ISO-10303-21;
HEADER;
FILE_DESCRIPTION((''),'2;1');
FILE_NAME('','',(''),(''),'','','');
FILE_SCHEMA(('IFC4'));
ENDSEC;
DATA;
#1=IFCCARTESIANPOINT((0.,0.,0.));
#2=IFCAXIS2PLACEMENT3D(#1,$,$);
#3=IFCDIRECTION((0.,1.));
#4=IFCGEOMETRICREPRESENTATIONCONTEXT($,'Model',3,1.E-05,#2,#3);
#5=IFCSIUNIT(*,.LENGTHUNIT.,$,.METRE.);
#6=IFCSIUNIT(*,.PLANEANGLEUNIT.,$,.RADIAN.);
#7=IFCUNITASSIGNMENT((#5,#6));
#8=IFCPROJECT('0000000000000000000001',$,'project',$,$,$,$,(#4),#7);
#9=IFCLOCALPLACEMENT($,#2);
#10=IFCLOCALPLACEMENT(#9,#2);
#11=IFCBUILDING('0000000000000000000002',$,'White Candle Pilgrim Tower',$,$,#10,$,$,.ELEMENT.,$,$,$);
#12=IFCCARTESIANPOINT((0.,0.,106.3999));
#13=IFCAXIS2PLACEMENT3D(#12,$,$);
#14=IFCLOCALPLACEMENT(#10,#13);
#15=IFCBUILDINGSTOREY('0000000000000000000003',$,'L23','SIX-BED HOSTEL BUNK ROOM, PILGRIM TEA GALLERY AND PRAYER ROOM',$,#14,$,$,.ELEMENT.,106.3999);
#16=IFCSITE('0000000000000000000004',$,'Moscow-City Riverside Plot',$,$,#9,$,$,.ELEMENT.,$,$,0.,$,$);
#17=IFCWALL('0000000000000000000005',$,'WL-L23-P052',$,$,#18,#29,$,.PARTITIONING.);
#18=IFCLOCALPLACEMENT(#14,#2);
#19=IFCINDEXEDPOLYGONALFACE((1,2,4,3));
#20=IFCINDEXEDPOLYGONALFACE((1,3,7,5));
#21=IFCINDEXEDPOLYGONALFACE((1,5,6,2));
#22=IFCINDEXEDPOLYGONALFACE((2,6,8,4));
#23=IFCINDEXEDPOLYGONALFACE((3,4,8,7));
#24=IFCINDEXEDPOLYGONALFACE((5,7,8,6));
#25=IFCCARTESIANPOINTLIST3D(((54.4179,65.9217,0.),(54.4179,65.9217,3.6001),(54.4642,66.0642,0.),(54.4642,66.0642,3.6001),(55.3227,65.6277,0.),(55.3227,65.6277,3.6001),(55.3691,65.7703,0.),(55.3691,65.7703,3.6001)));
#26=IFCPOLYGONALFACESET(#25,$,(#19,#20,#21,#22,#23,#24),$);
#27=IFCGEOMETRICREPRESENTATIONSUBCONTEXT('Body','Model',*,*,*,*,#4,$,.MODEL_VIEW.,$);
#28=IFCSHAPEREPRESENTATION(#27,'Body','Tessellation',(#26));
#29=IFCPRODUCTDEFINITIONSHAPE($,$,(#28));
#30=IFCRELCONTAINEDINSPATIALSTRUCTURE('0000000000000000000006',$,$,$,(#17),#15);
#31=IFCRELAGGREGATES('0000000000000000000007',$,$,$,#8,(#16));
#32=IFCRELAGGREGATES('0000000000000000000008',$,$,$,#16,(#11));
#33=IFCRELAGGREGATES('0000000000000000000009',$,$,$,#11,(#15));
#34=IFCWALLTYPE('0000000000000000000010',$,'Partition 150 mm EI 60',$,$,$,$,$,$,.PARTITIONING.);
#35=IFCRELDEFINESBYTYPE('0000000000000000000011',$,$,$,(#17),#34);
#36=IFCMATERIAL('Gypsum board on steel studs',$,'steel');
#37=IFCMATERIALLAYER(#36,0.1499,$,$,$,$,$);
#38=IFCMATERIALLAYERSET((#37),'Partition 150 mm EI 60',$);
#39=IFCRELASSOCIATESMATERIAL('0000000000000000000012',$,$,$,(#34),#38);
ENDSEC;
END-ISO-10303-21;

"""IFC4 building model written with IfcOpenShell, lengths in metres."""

from ifc_helpers import new_model, si_unit, direction, frame, frame_2d, origin, place, context, subcontext, project, spatial, rectangle, extrude, material, layer, layer_set, type_object, element, save


model = new_model("IFC4")

# Units and contexts
model_context = context("Model", 3, precision=1e-05, world=origin(), true_north=direction((0.0, 1.0)))
body_context = subcontext(model_context, "Body", "Model", "MODEL_VIEW")
ifc_project = project(units=[si_unit("LENGTHUNIT", "METRE"), si_unit("PLANEANGLEUNIT", "RADIAN")], contexts=[model_context])

# Site, building, storey
site_placement = place(None, origin())
site = spatial("IfcSite", under=ifc_project, at=site_placement, Name="Moscow-City Riverside Plot", CompositionType="ELEMENT", RefElevation=0.0)
building_placement = place(site_placement, origin())
building = spatial("IfcBuilding", under=site, at=building_placement, Name="White Candle Pilgrim Tower", CompositionType="ELEMENT")
storey_placement = place(building_placement, frame((0.0, 0.0, 106.3999)))
storey = spatial("IfcBuildingStorey", under=building, at=storey_placement, Name="L23", Description="SIX-BED HOSTEL BUNK ROOM, PILGRIM TEA GALLERY AND PRAYER ROOM", CompositionType="ELEMENT", Elevation=106.3999)

# Shared definitions
ifc_material_1 = material(Name="Gypsum board on steel studs", Category="steel")

# Wall
ifc_layer_1 = layer(ifc_material_1, 0.1499)
ifc_layer_set_1 = layer_set([ifc_layer_1], Name="Partition 150 mm EI 60")
wall_type_1 = type_object("IfcWallType", Name="Partition 150 mm EI 60", PredefinedType="PARTITIONING", material=ifc_layer_set_1)
wall_1_placement = place(storey_placement, frame((54.4412, 65.9929, 0.0), z_axis=(0.0, 0.0, 1.0), x_axis=(0.951068, -0.308982, 0.0)))
element("IfcWall", 1, at=wall_1_placement, inside=storey, type_object=wall_type_1, Name="WL-L23-P052", PredefinedType="PARTITIONING", context=body_context, shape_type="SweptSolid", body=[
    extrude(rectangle(XDim=0.9514, YDim=0.1499, at=frame_2d((0.4756, 0.0))), origin(), (0.0, 0.0, 1.0), 3.6001),
])

save(model, "model.ifc")
